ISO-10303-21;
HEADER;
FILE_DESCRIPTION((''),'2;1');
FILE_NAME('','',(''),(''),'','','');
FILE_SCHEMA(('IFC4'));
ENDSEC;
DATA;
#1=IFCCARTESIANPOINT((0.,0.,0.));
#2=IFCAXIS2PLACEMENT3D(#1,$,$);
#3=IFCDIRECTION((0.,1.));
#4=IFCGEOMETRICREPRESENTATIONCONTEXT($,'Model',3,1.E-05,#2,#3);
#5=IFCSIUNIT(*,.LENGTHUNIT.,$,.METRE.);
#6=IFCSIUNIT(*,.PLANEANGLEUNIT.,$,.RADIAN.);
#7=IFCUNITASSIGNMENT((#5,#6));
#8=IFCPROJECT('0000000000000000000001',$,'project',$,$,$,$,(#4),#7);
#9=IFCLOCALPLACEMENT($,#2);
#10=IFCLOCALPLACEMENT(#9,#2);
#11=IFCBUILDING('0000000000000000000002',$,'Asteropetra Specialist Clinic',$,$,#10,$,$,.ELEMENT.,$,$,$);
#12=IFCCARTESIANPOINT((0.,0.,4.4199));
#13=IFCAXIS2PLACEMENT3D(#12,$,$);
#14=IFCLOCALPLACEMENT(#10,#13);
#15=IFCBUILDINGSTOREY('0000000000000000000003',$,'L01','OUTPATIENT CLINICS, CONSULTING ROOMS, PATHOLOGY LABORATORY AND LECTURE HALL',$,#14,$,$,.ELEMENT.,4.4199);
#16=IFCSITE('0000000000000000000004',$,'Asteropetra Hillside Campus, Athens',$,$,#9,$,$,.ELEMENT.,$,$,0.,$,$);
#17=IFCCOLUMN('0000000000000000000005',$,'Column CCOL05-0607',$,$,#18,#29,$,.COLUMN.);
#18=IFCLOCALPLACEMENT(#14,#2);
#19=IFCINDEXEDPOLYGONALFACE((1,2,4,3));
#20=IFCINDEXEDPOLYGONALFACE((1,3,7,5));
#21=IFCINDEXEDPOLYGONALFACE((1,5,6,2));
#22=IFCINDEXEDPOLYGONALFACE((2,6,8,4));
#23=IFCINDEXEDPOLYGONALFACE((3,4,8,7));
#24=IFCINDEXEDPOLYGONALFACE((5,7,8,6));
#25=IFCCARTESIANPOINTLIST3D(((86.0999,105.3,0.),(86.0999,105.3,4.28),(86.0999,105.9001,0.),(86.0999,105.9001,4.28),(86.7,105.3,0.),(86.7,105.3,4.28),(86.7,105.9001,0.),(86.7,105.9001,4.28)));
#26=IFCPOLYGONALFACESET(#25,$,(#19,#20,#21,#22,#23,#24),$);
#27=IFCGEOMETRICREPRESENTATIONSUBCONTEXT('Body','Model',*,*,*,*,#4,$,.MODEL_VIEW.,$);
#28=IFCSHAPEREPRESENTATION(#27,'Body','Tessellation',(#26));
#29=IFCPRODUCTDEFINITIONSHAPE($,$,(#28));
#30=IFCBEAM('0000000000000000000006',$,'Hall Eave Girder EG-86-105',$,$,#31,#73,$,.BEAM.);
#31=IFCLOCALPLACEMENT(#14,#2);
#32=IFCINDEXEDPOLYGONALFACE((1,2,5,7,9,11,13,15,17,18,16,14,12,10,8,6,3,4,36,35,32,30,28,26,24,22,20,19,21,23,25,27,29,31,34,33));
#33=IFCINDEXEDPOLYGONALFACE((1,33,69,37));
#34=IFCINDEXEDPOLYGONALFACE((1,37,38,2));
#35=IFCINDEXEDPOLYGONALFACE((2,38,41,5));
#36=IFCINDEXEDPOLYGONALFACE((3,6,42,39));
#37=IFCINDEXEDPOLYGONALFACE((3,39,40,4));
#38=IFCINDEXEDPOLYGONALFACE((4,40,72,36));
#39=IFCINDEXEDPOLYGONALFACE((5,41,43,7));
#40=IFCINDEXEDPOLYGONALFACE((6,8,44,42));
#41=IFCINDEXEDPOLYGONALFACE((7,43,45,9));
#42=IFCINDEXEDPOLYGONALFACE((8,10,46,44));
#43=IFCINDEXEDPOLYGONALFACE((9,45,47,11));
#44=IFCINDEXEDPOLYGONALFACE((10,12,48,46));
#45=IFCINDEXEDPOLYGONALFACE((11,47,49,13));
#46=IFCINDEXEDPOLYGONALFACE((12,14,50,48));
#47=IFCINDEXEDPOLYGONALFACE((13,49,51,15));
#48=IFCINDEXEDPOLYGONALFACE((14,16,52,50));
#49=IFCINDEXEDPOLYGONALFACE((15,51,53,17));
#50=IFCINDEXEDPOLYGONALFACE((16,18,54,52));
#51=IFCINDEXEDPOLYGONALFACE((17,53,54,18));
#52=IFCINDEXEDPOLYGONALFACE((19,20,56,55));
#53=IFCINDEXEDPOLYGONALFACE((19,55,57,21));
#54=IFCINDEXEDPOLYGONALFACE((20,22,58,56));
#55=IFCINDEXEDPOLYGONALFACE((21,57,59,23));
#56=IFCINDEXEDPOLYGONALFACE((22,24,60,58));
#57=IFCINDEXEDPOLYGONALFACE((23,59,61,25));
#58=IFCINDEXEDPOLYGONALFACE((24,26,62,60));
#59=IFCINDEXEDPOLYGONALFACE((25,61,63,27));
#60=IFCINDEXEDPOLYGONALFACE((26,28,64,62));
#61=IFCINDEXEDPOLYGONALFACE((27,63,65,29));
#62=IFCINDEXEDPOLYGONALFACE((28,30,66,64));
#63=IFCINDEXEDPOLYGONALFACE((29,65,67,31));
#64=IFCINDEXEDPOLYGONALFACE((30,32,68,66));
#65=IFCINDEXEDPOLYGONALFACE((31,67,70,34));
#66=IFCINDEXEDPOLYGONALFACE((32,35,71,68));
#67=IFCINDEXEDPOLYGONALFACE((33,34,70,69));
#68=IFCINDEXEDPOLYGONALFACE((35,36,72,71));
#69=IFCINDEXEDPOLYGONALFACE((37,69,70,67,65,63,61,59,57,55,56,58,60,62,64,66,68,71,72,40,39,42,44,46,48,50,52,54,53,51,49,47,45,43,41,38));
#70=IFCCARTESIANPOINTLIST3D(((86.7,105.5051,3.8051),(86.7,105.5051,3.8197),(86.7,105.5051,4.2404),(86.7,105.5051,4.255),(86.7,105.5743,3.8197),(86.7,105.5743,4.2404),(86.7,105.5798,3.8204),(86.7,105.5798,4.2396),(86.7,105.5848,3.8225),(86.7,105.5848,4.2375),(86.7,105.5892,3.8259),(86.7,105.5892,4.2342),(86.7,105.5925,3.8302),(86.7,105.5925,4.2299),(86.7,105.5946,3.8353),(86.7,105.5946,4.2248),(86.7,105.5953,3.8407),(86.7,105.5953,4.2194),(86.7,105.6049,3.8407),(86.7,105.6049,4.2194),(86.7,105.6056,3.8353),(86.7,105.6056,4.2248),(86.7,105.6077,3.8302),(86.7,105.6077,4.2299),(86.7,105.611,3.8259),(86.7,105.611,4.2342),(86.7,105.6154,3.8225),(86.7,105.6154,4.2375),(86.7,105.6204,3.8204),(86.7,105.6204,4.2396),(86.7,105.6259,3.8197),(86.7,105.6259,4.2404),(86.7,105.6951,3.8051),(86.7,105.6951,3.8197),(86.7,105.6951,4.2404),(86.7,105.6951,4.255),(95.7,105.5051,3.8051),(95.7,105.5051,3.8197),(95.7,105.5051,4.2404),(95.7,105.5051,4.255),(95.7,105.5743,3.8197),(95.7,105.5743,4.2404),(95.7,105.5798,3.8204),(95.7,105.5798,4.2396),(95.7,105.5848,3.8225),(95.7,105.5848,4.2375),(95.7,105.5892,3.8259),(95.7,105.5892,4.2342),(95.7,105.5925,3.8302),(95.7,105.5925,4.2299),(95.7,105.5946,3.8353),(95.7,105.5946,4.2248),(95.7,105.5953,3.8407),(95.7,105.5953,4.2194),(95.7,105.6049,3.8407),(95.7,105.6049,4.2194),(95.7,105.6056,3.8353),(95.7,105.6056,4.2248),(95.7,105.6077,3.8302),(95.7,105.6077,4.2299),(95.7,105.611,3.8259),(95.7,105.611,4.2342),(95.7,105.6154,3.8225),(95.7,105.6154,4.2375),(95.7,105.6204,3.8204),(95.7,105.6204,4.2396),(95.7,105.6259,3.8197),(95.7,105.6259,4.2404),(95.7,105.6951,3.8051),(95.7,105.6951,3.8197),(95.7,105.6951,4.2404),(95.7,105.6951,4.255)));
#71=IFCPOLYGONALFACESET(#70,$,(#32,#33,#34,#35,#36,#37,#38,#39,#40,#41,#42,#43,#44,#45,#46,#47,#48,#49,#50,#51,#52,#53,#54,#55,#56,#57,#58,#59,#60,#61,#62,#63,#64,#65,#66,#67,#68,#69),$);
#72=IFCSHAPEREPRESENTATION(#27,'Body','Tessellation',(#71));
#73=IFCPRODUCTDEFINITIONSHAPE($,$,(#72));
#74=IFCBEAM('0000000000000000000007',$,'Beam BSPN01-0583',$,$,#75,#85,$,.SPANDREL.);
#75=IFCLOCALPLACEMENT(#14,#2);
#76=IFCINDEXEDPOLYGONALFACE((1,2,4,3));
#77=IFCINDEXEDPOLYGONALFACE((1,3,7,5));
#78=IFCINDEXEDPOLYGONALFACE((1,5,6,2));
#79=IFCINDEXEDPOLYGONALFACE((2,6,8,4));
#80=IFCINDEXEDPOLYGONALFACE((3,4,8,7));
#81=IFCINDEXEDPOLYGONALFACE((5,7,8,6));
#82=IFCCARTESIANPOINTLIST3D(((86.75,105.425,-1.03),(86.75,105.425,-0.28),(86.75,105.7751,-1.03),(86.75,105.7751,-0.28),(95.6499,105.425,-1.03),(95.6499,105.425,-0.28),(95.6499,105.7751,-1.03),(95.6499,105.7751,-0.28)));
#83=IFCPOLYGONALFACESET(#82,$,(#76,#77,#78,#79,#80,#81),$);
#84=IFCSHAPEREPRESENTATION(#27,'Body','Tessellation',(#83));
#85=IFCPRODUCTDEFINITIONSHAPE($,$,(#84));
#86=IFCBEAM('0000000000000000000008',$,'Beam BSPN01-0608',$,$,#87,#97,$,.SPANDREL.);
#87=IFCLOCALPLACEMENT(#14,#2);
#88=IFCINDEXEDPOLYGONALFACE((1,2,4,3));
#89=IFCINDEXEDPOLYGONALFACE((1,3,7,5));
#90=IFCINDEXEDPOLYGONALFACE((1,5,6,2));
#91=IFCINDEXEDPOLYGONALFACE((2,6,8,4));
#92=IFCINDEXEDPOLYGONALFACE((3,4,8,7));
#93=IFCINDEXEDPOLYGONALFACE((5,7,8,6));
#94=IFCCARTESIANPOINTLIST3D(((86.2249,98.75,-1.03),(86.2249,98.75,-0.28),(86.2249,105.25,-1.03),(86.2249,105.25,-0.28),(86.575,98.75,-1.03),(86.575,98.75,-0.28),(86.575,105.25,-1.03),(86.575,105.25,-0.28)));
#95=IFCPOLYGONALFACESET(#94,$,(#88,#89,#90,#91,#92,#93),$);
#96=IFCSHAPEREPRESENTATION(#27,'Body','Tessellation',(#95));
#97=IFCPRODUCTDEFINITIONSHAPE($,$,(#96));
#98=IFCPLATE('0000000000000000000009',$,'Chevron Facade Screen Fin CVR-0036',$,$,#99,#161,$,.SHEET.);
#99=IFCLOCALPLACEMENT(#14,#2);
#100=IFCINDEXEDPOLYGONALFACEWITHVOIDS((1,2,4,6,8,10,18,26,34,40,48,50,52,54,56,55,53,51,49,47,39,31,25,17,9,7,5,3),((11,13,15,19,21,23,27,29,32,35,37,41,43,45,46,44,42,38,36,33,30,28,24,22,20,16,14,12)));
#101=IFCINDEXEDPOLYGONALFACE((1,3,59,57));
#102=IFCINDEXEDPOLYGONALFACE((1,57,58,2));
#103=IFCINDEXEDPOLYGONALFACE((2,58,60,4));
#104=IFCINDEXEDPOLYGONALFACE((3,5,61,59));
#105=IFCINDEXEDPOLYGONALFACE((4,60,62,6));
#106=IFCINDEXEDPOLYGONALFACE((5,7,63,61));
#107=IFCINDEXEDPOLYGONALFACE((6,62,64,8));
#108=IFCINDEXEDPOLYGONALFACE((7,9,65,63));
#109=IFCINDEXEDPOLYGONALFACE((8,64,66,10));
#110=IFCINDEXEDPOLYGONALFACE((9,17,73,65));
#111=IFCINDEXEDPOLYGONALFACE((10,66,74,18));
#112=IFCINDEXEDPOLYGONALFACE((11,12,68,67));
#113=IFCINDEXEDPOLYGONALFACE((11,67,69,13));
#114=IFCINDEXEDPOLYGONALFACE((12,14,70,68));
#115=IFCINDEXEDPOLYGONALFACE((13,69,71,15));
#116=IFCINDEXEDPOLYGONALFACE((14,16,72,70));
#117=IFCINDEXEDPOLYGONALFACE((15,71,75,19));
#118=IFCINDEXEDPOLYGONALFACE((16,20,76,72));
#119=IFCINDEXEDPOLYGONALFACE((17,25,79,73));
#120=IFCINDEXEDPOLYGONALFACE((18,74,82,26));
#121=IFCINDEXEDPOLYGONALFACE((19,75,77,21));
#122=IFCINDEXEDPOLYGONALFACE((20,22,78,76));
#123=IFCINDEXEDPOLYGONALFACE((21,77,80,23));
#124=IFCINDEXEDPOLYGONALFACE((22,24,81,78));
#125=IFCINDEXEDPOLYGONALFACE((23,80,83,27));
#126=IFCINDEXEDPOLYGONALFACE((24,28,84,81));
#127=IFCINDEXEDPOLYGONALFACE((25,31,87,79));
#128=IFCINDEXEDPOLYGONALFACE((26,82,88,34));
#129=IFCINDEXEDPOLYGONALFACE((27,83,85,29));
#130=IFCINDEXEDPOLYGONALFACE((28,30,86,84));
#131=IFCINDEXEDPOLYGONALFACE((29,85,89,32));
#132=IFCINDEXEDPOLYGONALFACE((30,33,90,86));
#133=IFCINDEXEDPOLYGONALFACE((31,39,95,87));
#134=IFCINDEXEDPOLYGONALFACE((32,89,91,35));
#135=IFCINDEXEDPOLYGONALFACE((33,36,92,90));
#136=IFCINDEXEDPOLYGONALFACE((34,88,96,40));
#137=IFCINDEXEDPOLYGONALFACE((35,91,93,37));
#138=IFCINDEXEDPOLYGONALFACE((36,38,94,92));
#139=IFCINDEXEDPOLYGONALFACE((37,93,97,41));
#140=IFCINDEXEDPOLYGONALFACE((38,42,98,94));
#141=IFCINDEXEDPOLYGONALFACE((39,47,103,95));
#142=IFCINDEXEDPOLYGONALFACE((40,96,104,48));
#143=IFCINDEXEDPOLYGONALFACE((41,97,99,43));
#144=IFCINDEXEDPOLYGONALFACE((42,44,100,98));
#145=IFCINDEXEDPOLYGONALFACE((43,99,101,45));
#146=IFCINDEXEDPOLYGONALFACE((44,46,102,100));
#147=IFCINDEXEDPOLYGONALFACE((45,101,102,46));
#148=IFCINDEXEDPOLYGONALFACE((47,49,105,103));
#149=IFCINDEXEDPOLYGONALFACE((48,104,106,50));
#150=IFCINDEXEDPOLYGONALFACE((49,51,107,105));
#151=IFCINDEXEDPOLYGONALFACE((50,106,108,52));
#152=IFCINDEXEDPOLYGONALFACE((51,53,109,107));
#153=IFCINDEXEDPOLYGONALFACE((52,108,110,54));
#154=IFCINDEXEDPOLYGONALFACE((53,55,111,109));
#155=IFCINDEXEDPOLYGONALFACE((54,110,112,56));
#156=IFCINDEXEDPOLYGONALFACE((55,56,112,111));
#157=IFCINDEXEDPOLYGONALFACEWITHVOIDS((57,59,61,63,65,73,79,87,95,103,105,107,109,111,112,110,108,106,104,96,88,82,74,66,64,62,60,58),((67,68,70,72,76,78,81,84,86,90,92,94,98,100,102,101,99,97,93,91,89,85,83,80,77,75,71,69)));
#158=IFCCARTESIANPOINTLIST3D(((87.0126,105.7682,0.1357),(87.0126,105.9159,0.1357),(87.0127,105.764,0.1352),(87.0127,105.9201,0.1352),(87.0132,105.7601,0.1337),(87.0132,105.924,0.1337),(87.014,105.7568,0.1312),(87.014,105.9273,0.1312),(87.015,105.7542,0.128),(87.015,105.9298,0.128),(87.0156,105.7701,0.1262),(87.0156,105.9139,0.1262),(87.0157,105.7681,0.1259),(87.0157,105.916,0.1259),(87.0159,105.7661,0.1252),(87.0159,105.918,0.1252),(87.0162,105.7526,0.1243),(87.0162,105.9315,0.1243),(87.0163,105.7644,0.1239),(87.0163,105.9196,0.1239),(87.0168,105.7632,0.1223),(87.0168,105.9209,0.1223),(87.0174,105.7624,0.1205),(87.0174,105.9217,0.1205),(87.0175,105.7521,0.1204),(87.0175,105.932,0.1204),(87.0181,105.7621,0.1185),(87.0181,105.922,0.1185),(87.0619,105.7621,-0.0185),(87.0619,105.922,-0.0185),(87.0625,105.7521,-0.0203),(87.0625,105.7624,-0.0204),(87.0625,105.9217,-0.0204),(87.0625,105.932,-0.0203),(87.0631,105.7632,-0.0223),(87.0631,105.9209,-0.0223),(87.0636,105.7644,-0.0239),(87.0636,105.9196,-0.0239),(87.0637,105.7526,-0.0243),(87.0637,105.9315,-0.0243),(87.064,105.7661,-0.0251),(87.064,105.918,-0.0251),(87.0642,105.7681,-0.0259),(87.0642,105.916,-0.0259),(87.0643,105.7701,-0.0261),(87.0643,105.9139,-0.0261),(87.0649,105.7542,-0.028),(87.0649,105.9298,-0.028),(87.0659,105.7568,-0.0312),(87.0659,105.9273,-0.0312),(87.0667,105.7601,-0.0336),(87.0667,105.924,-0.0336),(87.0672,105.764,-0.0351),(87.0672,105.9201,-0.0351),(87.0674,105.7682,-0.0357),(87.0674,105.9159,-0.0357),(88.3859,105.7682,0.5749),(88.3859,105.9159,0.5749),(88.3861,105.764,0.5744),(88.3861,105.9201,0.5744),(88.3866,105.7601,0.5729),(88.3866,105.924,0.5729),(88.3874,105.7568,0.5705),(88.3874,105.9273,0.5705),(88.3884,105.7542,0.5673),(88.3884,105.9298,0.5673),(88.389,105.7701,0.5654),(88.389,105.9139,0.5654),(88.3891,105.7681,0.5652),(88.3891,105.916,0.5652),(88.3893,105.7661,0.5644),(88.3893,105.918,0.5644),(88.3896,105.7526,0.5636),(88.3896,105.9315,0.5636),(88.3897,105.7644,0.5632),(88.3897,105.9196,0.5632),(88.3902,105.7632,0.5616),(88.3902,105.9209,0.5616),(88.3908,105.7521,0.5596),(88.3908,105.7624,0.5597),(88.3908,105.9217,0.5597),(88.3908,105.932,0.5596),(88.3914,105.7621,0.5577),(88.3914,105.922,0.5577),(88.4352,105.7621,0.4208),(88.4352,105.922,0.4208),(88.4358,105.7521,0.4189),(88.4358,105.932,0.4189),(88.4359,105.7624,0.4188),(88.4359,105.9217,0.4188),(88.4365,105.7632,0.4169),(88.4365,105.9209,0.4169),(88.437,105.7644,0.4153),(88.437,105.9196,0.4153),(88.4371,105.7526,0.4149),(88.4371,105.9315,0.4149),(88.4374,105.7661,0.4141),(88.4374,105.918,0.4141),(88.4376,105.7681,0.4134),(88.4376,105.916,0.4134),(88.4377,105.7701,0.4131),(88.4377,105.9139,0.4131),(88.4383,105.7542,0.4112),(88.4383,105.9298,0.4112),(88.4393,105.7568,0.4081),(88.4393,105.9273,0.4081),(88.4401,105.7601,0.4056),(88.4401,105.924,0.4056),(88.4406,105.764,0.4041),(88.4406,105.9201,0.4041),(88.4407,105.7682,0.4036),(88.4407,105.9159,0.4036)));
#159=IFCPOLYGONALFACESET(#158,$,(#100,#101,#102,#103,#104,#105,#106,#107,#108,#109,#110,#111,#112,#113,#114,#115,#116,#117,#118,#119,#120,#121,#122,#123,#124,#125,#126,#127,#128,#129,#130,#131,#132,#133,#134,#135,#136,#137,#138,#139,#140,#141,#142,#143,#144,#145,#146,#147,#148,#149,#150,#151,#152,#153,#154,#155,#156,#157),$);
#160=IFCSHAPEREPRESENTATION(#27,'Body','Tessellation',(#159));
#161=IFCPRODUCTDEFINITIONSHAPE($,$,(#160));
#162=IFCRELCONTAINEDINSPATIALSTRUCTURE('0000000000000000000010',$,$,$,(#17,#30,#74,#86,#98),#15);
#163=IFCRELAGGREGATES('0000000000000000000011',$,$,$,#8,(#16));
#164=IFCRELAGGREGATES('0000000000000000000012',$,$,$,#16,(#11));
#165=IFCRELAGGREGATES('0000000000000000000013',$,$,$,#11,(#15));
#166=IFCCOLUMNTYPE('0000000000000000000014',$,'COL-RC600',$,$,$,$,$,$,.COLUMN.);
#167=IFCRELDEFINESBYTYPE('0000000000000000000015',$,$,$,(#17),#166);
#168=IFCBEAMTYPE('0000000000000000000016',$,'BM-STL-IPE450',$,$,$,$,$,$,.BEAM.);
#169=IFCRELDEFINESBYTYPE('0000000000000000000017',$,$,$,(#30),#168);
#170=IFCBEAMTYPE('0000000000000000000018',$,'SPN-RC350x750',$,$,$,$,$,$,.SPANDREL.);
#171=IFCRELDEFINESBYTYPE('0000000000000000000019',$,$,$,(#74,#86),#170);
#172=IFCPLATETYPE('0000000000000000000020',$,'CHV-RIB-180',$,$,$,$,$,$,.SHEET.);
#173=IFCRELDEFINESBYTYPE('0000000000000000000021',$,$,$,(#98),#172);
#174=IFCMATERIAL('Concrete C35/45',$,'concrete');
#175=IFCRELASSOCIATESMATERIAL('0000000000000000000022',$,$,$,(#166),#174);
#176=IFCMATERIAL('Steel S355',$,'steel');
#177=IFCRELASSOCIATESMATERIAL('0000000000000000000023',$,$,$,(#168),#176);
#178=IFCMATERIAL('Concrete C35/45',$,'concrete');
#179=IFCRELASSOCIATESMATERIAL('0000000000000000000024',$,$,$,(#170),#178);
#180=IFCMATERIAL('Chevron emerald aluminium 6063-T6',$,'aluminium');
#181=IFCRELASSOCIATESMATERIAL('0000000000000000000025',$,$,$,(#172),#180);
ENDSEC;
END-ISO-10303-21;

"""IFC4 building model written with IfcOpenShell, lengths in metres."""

from ifc_helpers import new_model, si_unit, direction, frame, origin, origin_2d, place, context, subcontext, project, spatial, rectangle, hollow_rectangle, i_section, extrude, material, material_profile, profile_set, type_object, element, save


model = new_model("IFC4")

# Units and contexts
model_context = context("Model", 3, precision=1e-05, world=origin(), true_north=direction((0.0, 1.0)))
body_context = subcontext(model_context, "Body", "Model", "MODEL_VIEW")
ifc_project = project(units=[si_unit("LENGTHUNIT", "METRE"), si_unit("PLANEANGLEUNIT", "RADIAN")], contexts=[model_context])

# Site, building, storey
site_placement = place(None, origin())
site = spatial("IfcSite", under=ifc_project, at=site_placement, Name="Asteropetra Hillside Campus, Athens", CompositionType="ELEMENT", RefElevation=0.0)
building_placement = place(site_placement, origin())
building = spatial("IfcBuilding", under=site, at=building_placement, Name="Asteropetra Specialist Clinic", CompositionType="ELEMENT")
storey_placement = place(building_placement, frame((0.0, 0.0, 4.4199)))
storey = spatial("IfcBuildingStorey", under=building, at=storey_placement, Name="L01", Description="OUTPATIENT CLINICS, CONSULTING ROOMS, PATHOLOGY LABORATORY AND LECTURE HALL", CompositionType="ELEMENT", Elevation=4.4199)

# Column
ifc_material_1 = material(Name="Concrete C35/45", Category="concrete")
ifc_material_profile_1 = material_profile(ifc_material_1, rectangle(XDim=0.6001, YDim=0.6001, at=origin_2d()), Name="RC 600x600")
ifc_profile_set_1 = profile_set([ifc_material_profile_1], Name="Concrete C35/45")
column_type = type_object("IfcColumnType", Name="COL-RC600", PredefinedType="COLUMN", material=ifc_profile_set_1)
column_placement = place(storey_placement, frame((86.3999, 105.6001, 0.0), z_axis=(0.0, 0.0, 1.0), x_axis=(1.0, 0.0, 0.0)))
element("IfcColumn", 1, at=column_placement, inside=storey, type_object=column_type, Name="Column CCOL05-0607", PredefinedType="COLUMN", context=body_context, shape_type="SweptSolid", body=[
    extrude(rectangle(XDim=0.6001, YDim=0.6001, at=origin_2d()), origin(), (0.0, 0.0, 1.0), 4.28),
])

# Beams
ifc_material_2 = material(Name="Steel S355", Category="steel")
ifc_material_profile_2 = material_profile(ifc_material_2, i_section(OverallWidth=0.1899, OverallDepth=0.45, WebThickness=0.0095, FlangeThickness=0.0146, FilletRadius=0.021, at=origin_2d()), Name="IPE 450")
ifc_profile_set_2 = profile_set([ifc_material_profile_2], Name="Steel S355")
beam_type_1 = type_object("IfcBeamType", Name="BM-STL-IPE450", PredefinedType="BEAM", material=ifc_profile_set_2)
beam_1_placement = place(storey_placement, frame((86.7, 105.6001, 4.03), z_axis=(1.0, 0.0, 0.0), x_axis=(0.0, 1.0, 0.0)))
element("IfcBeam", 2, at=beam_1_placement, inside=storey, type_object=beam_type_1, Name="Hall Eave Girder EG-86-105", PredefinedType="BEAM", context=body_context, shape_type="SweptSolid", body=[
    extrude(i_section(OverallWidth=0.1899, OverallDepth=0.45, WebThickness=0.0095, FlangeThickness=0.0146, FilletRadius=0.021, at=origin_2d()), origin(), (0.0, 0.0, 1.0), 9.0),
])
ifc_material_3 = material(Name="Concrete C35/45", Category="concrete")
ifc_material_profile_3 = material_profile(ifc_material_3, rectangle(XDim=0.3501, YDim=0.75, at=origin_2d()), Name="RCS 350x750")
ifc_profile_set_3 = profile_set([ifc_material_profile_3], Name="Concrete C35/45")
beam_type_2 = type_object("IfcBeamType", Name="SPN-RC350x750", PredefinedType="SPANDREL", material=ifc_profile_set_3)
beam_2_placement = place(storey_placement, frame((86.75, 105.6001, -0.655), z_axis=(1.0, 0.0, 0.0), x_axis=(0.0, 1.0, 0.0)))
element("IfcBeam", 3, at=beam_2_placement, inside=storey, type_object=beam_type_2, Name="Beam BSPN01-0583", PredefinedType="SPANDREL", context=body_context, shape_type="SweptSolid", body=[
    extrude(rectangle(XDim=0.3501, YDim=0.75, at=origin_2d()), origin(), (0.0, 0.0, 1.0), 8.8999),
])
beam_3_placement = place(storey_placement, frame((86.3999, 98.75, -0.655), z_axis=(0.0, 1.0, 0.0), x_axis=(-1.0, 0.0, 0.0)))
element("IfcBeam", 4, at=beam_3_placement, inside=storey, type_object=beam_type_2, Name="Beam BSPN01-0608", PredefinedType="SPANDREL", context=body_context, shape_type="SweptSolid", body=[
    extrude(rectangle(XDim=0.3501, YDim=0.75, at=origin_2d()), origin(), (0.0, 0.0, 1.0), 6.5),
])

# Plate
ifc_material_4 = material(Name="Chevron emerald aluminium 6063-T6", Category="aluminium")
ifc_material_profile_4 = material_profile(ifc_material_4, hollow_rectangle(XDim=0.1799, YDim=0.1799, WallThickness=0.01, InnerFilletRadius=0.0081, OuterFilletRadius=0.0161, at=origin_2d()), Name="SHS 180x180x10.0")
ifc_profile_set_4 = profile_set([ifc_material_profile_4], Name="Chevron emerald aluminium 6063-T6")
plate_type = type_object("IfcPlateType", Name="CHV-RIB-180", PredefinedType="SHEET", material=ifc_profile_set_4)
for number, where, z_axis, x_axis, name in (
    (5, (88.4133, 105.842, 0.4893), (-0.952473, 0.0, -0.304622), (0.0, -1.0, 0.0), "Chevron Facade Screen Fin CVR-0036"),
):
    element("IfcPlate", number, at=place(storey_placement, frame(where, z_axis=z_axis, x_axis=x_axis)), inside=storey, type_object=plate_type, Name=name, PredefinedType="SHEET", context=body_context, shape_type="SweptSolid", body=[
        extrude(hollow_rectangle(XDim=0.1799, YDim=0.1799, WallThickness=0.01, InnerFilletRadius=0.0081, OuterFilletRadius=0.0161, at=origin_2d()), origin(), (0.0, 0.0, 1.0), 1.4419),
    ])

save(model, "model.ifc")
